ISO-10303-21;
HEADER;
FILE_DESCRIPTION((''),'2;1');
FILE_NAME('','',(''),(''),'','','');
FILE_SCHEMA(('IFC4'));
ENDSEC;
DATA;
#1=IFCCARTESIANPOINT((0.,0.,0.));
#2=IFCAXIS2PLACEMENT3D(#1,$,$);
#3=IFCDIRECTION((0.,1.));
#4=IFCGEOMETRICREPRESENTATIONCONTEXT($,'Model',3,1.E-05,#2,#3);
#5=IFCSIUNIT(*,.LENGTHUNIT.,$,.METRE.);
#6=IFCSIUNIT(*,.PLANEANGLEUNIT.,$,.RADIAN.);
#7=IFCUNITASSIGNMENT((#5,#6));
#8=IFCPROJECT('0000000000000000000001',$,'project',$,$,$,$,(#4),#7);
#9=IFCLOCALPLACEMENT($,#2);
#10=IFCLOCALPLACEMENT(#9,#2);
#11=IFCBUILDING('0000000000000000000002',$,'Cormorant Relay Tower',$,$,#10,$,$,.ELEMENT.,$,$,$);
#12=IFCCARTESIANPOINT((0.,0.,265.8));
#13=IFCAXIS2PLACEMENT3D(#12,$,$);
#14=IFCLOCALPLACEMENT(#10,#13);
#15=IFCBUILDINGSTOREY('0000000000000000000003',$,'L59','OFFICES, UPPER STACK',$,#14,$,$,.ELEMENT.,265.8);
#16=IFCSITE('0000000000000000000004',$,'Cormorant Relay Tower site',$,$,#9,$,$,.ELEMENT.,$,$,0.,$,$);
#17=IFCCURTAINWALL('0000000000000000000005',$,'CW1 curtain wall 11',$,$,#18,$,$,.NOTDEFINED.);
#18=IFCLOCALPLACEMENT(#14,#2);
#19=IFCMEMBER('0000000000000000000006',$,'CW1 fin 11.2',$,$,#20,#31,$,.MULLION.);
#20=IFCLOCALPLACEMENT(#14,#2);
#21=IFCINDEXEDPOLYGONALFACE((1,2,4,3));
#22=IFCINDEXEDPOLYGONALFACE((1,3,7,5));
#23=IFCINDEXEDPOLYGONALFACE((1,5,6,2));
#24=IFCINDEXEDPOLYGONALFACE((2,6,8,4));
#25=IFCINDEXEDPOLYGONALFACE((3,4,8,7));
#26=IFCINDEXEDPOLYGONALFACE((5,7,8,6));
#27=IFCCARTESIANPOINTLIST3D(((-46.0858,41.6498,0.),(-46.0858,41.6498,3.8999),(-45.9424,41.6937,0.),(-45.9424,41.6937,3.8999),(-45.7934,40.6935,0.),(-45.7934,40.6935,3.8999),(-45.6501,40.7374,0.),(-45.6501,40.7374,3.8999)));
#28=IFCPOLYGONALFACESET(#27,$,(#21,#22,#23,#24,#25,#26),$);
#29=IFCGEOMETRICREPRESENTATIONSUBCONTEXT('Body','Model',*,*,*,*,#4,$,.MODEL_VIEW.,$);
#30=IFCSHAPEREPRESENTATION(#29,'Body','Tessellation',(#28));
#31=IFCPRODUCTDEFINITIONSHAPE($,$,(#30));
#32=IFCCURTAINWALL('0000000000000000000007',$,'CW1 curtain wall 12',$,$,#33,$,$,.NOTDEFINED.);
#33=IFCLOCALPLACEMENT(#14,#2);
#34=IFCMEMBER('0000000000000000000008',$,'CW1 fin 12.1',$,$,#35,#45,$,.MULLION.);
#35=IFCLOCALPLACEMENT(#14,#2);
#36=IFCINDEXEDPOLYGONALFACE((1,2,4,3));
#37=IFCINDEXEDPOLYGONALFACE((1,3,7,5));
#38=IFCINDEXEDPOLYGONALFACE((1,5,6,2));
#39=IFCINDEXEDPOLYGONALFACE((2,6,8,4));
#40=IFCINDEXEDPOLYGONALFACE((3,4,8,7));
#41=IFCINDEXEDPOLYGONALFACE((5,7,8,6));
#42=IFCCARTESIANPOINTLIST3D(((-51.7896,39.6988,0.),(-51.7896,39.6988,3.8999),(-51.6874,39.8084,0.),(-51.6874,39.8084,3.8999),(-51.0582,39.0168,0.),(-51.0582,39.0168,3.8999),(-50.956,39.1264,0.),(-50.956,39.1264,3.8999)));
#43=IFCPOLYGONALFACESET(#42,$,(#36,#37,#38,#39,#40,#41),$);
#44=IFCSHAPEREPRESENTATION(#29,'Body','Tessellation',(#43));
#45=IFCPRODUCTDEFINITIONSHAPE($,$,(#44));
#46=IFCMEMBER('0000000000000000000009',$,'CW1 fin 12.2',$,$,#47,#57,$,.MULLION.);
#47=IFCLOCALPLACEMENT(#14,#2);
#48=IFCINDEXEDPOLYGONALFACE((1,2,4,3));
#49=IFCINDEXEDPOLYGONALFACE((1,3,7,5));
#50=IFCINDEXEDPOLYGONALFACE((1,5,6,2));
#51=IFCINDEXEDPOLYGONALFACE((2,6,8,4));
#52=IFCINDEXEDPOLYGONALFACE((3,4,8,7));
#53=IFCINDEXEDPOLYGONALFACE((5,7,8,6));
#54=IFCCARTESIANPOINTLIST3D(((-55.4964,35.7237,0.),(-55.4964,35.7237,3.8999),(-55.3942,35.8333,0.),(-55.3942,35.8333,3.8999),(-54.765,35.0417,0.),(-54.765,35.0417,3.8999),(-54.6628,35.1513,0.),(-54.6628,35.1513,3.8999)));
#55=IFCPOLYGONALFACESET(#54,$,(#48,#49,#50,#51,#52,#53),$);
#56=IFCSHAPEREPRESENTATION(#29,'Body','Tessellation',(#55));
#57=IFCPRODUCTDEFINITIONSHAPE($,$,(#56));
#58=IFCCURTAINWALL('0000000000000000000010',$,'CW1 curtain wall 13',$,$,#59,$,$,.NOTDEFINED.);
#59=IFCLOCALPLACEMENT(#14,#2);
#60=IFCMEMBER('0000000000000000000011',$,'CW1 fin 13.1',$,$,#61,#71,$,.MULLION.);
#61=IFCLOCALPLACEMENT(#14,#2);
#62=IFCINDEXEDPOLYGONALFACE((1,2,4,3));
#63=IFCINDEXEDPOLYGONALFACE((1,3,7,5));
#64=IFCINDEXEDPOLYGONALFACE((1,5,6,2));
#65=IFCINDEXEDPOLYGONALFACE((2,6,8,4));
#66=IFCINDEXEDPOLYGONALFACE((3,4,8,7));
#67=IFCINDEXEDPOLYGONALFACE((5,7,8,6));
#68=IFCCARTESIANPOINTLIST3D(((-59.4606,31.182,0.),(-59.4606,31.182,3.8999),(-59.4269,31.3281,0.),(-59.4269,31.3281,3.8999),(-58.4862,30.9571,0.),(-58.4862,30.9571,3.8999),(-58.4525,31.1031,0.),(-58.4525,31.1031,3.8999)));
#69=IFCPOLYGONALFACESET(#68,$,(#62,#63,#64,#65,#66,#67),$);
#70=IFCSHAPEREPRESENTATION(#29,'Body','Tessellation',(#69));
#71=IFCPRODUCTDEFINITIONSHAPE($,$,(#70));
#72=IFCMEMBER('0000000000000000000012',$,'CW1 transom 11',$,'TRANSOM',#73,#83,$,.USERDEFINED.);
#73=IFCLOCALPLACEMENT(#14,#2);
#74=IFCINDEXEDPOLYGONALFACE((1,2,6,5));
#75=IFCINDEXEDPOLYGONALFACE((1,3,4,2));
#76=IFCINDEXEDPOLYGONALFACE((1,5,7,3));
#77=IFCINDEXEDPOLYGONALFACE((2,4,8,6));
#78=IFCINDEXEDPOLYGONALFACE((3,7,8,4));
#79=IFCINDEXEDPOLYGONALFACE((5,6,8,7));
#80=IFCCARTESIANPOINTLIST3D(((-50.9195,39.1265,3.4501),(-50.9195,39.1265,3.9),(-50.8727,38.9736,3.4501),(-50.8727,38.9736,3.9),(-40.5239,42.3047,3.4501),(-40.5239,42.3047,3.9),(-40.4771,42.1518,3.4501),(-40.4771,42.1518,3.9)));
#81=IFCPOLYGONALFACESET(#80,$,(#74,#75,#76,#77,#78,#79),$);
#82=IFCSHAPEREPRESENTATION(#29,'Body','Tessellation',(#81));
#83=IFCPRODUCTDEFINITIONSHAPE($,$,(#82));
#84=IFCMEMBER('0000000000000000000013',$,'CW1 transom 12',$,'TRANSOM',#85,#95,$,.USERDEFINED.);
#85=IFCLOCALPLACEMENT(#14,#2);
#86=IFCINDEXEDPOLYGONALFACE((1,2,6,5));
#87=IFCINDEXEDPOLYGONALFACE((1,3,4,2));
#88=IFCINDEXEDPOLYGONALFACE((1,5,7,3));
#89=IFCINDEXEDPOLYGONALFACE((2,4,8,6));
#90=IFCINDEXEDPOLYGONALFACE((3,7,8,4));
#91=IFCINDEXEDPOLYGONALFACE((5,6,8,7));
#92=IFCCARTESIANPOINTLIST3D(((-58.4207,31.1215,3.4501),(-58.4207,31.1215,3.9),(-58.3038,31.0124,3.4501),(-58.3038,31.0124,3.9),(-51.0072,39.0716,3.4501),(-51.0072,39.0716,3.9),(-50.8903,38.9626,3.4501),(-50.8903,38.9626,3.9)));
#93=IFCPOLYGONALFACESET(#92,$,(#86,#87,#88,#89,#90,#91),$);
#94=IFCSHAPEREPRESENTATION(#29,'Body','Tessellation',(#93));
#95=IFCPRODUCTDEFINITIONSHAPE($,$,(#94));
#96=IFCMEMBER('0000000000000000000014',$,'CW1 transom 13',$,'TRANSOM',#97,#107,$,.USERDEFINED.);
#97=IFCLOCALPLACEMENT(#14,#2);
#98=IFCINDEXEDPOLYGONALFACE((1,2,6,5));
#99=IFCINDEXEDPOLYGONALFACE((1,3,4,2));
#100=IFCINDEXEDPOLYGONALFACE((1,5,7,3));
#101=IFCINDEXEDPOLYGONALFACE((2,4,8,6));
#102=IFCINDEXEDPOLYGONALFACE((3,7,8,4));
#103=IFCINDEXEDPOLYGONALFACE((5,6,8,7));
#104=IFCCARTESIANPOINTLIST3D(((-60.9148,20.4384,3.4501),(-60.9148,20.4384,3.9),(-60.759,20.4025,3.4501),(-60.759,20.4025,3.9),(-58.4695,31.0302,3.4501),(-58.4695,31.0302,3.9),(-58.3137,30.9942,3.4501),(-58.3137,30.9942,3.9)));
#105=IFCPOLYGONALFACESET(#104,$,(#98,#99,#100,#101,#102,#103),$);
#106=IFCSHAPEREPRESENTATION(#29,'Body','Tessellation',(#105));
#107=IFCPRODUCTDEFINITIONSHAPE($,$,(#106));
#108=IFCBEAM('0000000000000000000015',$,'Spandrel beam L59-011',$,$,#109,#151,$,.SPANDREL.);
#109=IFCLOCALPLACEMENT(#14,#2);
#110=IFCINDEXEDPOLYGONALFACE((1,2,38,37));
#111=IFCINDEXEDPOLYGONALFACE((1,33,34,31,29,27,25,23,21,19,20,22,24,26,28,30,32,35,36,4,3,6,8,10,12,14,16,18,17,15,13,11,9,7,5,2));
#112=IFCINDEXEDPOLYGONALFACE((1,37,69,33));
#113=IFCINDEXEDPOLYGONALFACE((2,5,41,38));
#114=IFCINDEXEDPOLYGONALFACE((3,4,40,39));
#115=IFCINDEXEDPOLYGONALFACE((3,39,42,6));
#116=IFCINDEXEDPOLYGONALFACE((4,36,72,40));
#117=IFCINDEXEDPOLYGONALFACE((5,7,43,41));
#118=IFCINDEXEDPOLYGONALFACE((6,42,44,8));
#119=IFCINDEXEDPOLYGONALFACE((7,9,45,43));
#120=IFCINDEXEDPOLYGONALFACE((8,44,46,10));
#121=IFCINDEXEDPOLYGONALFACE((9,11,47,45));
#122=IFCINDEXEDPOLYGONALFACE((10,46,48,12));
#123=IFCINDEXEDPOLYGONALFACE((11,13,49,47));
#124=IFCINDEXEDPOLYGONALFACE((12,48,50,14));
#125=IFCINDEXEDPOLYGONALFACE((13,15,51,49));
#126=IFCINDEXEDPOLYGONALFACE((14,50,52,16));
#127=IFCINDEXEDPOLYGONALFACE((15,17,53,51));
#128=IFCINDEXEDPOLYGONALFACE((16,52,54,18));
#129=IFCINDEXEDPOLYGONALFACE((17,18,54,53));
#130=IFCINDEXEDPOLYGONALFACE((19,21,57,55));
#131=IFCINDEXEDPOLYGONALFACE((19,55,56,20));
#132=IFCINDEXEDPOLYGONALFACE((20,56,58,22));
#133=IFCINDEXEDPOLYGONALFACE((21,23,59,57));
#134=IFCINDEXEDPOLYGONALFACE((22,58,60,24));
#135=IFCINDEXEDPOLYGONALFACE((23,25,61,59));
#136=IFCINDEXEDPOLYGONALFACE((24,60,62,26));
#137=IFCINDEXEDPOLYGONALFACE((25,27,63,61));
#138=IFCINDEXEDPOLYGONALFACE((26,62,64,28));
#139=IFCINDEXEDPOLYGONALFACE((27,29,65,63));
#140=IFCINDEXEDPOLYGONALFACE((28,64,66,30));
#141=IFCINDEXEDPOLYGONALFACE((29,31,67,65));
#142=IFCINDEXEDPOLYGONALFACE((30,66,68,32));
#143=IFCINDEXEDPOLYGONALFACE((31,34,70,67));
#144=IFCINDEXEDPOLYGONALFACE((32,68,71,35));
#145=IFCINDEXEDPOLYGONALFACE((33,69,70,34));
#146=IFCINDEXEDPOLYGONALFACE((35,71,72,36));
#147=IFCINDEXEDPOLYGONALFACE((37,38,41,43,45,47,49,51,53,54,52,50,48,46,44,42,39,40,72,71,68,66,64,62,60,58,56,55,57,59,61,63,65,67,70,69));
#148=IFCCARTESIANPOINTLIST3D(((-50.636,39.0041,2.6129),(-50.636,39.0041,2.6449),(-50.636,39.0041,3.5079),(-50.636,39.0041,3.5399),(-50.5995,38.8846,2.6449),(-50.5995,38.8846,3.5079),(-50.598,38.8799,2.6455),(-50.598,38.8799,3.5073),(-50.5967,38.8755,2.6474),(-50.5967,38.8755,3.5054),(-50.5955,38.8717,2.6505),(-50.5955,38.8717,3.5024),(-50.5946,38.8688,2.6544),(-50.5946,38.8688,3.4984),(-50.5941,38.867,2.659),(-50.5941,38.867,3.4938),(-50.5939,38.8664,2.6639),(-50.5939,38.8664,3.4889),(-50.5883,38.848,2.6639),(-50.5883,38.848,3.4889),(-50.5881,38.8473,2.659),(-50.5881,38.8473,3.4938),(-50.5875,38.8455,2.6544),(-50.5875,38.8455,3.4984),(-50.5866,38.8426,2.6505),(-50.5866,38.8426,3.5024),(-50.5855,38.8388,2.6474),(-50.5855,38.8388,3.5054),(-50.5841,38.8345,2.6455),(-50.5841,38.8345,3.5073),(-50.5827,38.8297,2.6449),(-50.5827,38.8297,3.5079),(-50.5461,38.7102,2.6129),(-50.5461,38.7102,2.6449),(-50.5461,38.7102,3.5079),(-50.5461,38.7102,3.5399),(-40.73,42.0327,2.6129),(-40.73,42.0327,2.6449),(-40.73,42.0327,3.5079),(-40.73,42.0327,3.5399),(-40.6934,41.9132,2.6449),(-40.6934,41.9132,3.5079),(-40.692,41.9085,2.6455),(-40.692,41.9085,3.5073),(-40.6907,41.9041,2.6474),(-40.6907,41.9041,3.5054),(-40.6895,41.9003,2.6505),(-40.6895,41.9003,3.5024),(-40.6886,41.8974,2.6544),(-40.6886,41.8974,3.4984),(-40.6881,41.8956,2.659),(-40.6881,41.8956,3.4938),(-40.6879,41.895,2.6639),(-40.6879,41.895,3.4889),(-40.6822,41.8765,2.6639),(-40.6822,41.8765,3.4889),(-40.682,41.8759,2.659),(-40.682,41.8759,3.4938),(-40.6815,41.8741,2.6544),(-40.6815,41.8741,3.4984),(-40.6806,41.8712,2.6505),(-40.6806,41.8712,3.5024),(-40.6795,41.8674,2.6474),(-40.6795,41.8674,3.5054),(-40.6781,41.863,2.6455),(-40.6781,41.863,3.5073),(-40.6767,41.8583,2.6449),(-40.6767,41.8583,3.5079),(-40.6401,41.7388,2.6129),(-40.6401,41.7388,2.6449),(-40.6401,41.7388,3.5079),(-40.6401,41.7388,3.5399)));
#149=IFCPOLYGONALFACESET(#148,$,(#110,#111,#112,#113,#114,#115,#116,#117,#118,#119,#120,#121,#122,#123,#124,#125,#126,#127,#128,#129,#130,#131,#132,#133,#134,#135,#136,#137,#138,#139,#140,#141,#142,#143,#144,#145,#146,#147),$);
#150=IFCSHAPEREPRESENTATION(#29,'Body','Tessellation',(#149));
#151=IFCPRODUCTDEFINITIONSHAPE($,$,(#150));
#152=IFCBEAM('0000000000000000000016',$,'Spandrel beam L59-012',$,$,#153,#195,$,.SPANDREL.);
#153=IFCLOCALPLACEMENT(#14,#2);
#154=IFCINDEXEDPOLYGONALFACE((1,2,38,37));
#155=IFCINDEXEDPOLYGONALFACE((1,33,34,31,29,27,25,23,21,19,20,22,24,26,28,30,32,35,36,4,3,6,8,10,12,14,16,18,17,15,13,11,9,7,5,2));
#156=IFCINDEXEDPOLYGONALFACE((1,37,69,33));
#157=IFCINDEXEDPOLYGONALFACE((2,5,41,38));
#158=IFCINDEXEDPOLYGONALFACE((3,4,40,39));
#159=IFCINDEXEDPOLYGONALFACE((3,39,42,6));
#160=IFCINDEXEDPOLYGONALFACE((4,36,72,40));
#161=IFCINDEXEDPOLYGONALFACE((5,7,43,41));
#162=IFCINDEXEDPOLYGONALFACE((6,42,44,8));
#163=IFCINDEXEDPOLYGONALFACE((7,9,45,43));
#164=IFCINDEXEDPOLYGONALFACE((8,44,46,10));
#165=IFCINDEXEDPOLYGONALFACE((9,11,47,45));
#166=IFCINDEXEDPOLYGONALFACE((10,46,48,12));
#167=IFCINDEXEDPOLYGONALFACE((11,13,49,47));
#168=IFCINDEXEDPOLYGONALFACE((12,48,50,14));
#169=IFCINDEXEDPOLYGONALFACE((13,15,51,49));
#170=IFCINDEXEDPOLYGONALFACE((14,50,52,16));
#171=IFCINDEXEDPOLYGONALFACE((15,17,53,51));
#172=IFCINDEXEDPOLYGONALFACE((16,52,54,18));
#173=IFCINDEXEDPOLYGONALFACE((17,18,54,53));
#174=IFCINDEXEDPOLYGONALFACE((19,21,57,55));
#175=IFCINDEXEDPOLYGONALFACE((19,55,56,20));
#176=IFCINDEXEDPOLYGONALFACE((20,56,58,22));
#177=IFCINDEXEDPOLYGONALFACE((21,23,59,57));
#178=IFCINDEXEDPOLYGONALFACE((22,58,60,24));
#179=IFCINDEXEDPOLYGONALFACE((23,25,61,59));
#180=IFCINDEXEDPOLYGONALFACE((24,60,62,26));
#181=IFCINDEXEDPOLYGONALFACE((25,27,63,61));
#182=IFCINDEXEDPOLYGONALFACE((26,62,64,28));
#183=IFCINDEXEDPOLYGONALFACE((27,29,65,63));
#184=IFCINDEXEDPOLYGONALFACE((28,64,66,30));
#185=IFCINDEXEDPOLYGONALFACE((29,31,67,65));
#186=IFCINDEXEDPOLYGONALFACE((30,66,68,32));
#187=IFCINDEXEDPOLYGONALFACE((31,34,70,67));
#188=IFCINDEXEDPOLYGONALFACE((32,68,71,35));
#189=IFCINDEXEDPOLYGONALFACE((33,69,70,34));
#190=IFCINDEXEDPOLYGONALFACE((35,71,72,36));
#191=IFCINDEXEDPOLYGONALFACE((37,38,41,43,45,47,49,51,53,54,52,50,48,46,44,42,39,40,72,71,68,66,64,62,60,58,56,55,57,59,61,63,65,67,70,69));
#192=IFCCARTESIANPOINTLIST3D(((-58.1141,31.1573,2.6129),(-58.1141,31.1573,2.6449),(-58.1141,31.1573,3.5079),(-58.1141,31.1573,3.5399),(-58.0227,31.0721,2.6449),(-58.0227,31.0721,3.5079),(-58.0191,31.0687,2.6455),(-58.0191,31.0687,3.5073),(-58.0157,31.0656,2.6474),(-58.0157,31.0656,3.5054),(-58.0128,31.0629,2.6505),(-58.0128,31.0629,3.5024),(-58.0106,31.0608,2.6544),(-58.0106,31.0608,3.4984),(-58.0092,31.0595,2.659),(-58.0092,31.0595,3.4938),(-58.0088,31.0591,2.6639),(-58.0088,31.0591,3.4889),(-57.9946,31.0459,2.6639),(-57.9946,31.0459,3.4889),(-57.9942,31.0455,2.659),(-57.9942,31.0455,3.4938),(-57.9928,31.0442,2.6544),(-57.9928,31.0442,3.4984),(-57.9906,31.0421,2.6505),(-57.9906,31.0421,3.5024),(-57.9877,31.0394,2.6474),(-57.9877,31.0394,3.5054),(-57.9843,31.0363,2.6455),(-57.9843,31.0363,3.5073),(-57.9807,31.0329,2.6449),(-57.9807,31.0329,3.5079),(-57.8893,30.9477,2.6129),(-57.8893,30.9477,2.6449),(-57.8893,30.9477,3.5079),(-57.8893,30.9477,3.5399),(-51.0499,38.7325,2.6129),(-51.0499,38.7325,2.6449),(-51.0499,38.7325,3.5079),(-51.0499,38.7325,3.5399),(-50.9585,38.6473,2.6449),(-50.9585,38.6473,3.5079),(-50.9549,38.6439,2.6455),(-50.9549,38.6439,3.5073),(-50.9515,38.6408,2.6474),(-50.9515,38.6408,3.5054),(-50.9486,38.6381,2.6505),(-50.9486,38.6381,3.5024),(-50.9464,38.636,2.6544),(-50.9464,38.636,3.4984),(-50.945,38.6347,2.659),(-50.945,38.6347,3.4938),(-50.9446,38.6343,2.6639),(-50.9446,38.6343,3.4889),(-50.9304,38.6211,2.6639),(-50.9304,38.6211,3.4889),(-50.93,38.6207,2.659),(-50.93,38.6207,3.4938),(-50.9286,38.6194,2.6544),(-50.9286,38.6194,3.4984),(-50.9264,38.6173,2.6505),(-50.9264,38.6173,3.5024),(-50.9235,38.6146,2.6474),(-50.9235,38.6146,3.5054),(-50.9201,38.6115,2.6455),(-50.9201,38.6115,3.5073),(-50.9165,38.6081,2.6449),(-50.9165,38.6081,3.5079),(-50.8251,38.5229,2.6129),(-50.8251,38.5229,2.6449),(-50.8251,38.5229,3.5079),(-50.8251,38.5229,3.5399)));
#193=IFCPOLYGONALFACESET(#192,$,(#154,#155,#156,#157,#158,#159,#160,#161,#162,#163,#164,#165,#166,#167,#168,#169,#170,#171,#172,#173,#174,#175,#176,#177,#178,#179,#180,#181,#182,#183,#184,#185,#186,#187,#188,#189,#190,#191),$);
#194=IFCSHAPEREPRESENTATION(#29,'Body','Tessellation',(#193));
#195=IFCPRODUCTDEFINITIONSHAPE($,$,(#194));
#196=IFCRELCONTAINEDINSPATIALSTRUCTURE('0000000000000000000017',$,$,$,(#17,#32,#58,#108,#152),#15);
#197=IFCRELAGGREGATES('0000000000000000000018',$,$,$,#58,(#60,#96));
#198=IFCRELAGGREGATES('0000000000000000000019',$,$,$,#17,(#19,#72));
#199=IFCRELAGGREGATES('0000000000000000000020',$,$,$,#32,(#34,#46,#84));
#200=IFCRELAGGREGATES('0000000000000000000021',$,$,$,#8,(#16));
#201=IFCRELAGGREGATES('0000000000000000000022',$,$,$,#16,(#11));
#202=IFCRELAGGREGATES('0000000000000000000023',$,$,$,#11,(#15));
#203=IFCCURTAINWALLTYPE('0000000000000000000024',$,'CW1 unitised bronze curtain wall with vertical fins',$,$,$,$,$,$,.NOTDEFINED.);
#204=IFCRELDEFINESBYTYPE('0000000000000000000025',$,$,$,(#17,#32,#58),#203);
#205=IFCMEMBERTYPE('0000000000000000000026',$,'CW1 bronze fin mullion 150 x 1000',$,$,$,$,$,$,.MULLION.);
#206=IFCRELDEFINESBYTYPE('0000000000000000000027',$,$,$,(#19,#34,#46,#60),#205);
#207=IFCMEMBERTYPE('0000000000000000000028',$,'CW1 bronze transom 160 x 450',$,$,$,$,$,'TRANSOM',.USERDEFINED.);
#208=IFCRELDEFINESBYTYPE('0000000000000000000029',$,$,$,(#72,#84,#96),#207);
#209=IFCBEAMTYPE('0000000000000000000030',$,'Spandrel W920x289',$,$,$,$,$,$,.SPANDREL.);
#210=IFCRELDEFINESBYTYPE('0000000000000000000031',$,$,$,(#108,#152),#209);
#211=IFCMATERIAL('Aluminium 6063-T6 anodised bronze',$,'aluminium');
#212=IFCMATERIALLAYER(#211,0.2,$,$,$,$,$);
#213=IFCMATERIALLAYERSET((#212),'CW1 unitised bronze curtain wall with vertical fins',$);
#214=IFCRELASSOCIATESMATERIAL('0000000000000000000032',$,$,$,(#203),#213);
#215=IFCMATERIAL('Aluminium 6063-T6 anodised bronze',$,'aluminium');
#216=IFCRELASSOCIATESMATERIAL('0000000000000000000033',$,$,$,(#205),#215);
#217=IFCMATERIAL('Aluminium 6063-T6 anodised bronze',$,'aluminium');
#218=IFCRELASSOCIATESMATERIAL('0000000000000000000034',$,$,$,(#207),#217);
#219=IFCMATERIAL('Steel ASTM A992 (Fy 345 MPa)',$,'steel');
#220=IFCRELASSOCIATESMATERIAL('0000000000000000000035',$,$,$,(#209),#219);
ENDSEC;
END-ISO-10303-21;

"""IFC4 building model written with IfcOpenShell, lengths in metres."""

from ifc_helpers import new_model, si_unit, direction, frame, origin, origin_2d, place, context, subcontext, project, spatial, rectangle, i_section, extrude, material, layer, layer_set, material_profile, profile_set, type_object, element, aggregate, save


model = new_model("IFC4")

# Units and contexts
model_context = context("Model", 3, precision=1e-05, world=origin(), true_north=direction((0.0, 1.0)))
body_context = subcontext(model_context, "Body", "Model", "MODEL_VIEW")
ifc_project = project(units=[si_unit("LENGTHUNIT", "METRE"), si_unit("PLANEANGLEUNIT", "RADIAN")], contexts=[model_context])

# Site, building, storey
site_placement = place(None, origin())
site = spatial("IfcSite", under=ifc_project, at=site_placement, Name="Cormorant Relay Tower site", CompositionType="ELEMENT", RefElevation=0.0)
building_placement = place(site_placement, origin())
building = spatial("IfcBuilding", under=site, at=building_placement, Name="Cormorant Relay Tower", CompositionType="ELEMENT")
storey_placement = place(building_placement, frame((0.0, 0.0, 265.8)))
storey = spatial("IfcBuildingStorey", under=building, at=storey_placement, Name="L59", Description="OFFICES, UPPER STACK", CompositionType="ELEMENT", Elevation=265.8)

# Curtain walls, members
ifc_material_1 = material(Name="Aluminium 6063-T6 anodised bronze", Category="aluminium")
ifc_layer_1 = layer(ifc_material_1, 0.2)
ifc_layer_set_1 = layer_set([ifc_layer_1], Name="CW1 unitised bronze curtain wall with vertical fins")
curtain_wall_type = type_object("IfcCurtainWallType", Name="CW1 unitised bronze curtain wall with vertical fins", PredefinedType="NOTDEFINED", material=ifc_layer_set_1)
curtain_wall_1_placement = place(storey_placement, origin())
curtain_wall_1 = element("IfcCurtainWall", 1, at=curtain_wall_1_placement, inside=storey, type_object=curtain_wall_type, Name="CW1 curtain wall 11", PredefinedType="NOTDEFINED")
ifc_material_2 = material(Name="Aluminium 6063-T6 anodised bronze", Category="aluminium")
ifc_material_profile_1 = material_profile(ifc_material_2, rectangle(XDim=0.1499, YDim=1.0, at=origin_2d()), Name="AL 150x1000")
ifc_profile_set_1 = profile_set([ifc_material_profile_1], Name="Aluminium 6063-T6 anodised bronze")
member_type_1 = type_object("IfcMemberType", Name="CW1 bronze fin mullion 150 x 1000", PredefinedType="MULLION", material=ifc_profile_set_1)
member_1_placement = place(storey_placement, frame((-45.8679, 41.1936, 0.0), z_axis=(0.0, 0.0, 1.0), x_axis=(-0.956305, -0.292372, 0.0)))
member_1 = element("IfcMember", 2, at=member_1_placement, type_object=member_type_1, Name="CW1 fin 11.2", PredefinedType="MULLION", context=body_context, shape_type="SweptSolid", body=[
    extrude(rectangle(XDim=0.1499, YDim=1.0, at=origin_2d()), origin(), (0.0, 0.0, 1.0), 3.8999),
])
curtain_wall_2_placement = place(storey_placement, origin())
curtain_wall_2 = element("IfcCurtainWall", 3, at=curtain_wall_2_placement, inside=storey, type_object=curtain_wall_type, Name="CW1 curtain wall 12", PredefinedType="NOTDEFINED")
member_2_placement = place(storey_placement, frame((-51.3728, 39.4126, 0.0), z_axis=(0.0, 0.0, 1.0), x_axis=(-0.681998, -0.731354, 0.0)))
member_2 = element("IfcMember", 4, at=member_2_placement, type_object=member_type_1, Name="CW1 fin 12.1", PredefinedType="MULLION", context=body_context, shape_type="SweptSolid", body=[
    extrude(rectangle(XDim=0.1499, YDim=1.0, at=origin_2d()), origin(), (0.0, 0.0, 1.0), 3.8999),
])
member_3_placement = place(storey_placement, frame((-55.0796, 35.4375, 0.0), z_axis=(0.0, 0.0, 1.0), x_axis=(-0.681998, -0.731354, 0.0)))
member_3 = element("IfcMember", 5, at=member_3_placement, type_object=member_type_1, Name="CW1 fin 12.2", PredefinedType="MULLION", context=body_context, shape_type="SweptSolid", body=[
    extrude(rectangle(XDim=0.1499, YDim=1.0, at=origin_2d()), origin(), (0.0, 0.0, 1.0), 3.8999),
])

# Curtain wall, member
curtain_wall_3_placement = place(storey_placement, origin())
curtain_wall_3 = element("IfcCurtainWall", 6, at=curtain_wall_3_placement, inside=storey, type_object=curtain_wall_type, Name="CW1 curtain wall 13", PredefinedType="NOTDEFINED")
member_4_placement = place(storey_placement, frame((-58.9565, 31.1426, 0.0), z_axis=(0.0, 0.0, 1.0), x_axis=(-0.224951, -0.97437, 0.0)))
member_4 = element("IfcMember", 7, at=member_4_placement, type_object=member_type_1, Name="CW1 fin 13.1", PredefinedType="MULLION", context=body_context, shape_type="SweptSolid", body=[
    extrude(rectangle(XDim=0.1499, YDim=1.0, at=origin_2d()), origin(), (0.0, 0.0, 1.0), 3.8999),
])

# Members
ifc_material_3 = material(Name="Aluminium 6063-T6 anodised bronze", Category="aluminium")
ifc_material_profile_2 = material_profile(ifc_material_3, rectangle(XDim=0.1599, YDim=0.45, at=origin_2d()), Name="AL 160x450")
ifc_profile_set_2 = profile_set([ifc_material_profile_2], Name="Aluminium 6063-T6 anodised bronze")
member_type_2 = type_object("IfcMemberType", Name="CW1 bronze transom 160 x 450", ElementType="TRANSOM", PredefinedType="USERDEFINED", material=ifc_profile_set_2)
member_5_placement = place(storey_placement, frame((-40.5005, 42.2283, 3.675), z_axis=(-0.956305, -0.292371, 0.0), x_axis=(0.292371, -0.956305, 0.0)))
member_5 = element("IfcMember", 8, at=member_5_placement, type_object=member_type_2, Name="CW1 transom 11", ObjectType="TRANSOM", PredefinedType="USERDEFINED", context=body_context, shape_type="SweptSolid", body=[
    extrude(rectangle(XDim=0.1599, YDim=0.45, at=origin_2d()), origin(), (0.0, 0.0, 1.0), 10.8706),
])
member_6_placement = place(storey_placement, frame((-50.9487, 39.0171, 3.675), z_axis=(-0.681993, -0.731358, 0.0), x_axis=(0.731358, -0.681993, 0.0)))
member_6 = element("IfcMember", 9, at=member_6_placement, type_object=member_type_2, Name="CW1 transom 12", ObjectType="TRANSOM", PredefinedType="USERDEFINED", context=body_context, shape_type="SweptSolid", body=[
    extrude(rectangle(XDim=0.1599, YDim=0.45, at=origin_2d()), origin(), (0.0, 0.0, 1.0), 10.8704),
])
member_7_placement = place(storey_placement, frame((-58.3916, 31.0122, 3.675), z_axis=(-0.224951, -0.97437, 0.0), x_axis=(0.97437, -0.224951, 0.0)))
member_7 = element("IfcMember", 10, at=member_7_placement, type_object=member_type_2, Name="CW1 transom 13", ObjectType="TRANSOM", PredefinedType="USERDEFINED", context=body_context, shape_type="SweptSolid", body=[
    extrude(rectangle(XDim=0.1599, YDim=0.45, at=origin_2d()), origin(), (0.0, 0.0, 1.0), 10.8704),
])
aggregate(curtain_wall_3, [member_4, member_7])

# Beams
ifc_material_4 = material(Name="Steel ASTM A992 (Fy 345 MPa)", Category="steel")
ifc_material_profile_3 = material_profile(ifc_material_4, i_section(OverallWidth=0.3074, OverallDepth=0.927, WebThickness=0.0193, FlangeThickness=0.032, FilletRadius=0.019, at=origin_2d()), Name="W920x289")
ifc_profile_set_3 = profile_set([ifc_material_profile_3], Name="Steel ASTM A992 (Fy 345 MPa)")
beam_type = type_object("IfcBeamType", Name="Spandrel W920x289", PredefinedType="SPANDREL", material=ifc_profile_set_3)
beam_1_placement = place(storey_placement, frame((-40.6851, 41.8857, 3.0764), z_axis=(-0.956305, -0.292371, 0.0), x_axis=(0.292371, -0.956305, 0.0)))
element("IfcBeam", 11, at=beam_1_placement, inside=storey, type_object=beam_type, Name="Spandrel beam L59-011", PredefinedType="SPANDREL", context=body_context, shape_type="SweptSolid", body=[
    extrude(i_section(OverallWidth=0.3074, OverallDepth=0.927, WebThickness=0.0193, FlangeThickness=0.032, FilletRadius=0.019, at=origin_2d()), origin(), (0.0, 0.0, 1.0), 10.3586),
])
beam_2_placement = place(storey_placement, frame((-50.9375, 38.6277, 3.0764), z_axis=(-0.68201, -0.731343, 0.0), x_axis=(0.731343, -0.68201, 0.0)))
element("IfcBeam", 12, at=beam_2_placement, inside=storey, type_object=beam_type, Name="Spandrel beam L59-012", PredefinedType="SPANDREL", context=body_context, shape_type="SweptSolid", body=[
    extrude(i_section(OverallWidth=0.3074, OverallDepth=0.927, WebThickness=0.0193, FlangeThickness=0.032, FilletRadius=0.019, at=origin_2d()), origin(), (0.0, 0.0, 1.0), 10.3579),
])

aggregate(curtain_wall_1, [member_1, member_5])
aggregate(curtain_wall_2, [member_2, member_3, member_6])

save(model, "model.ifc")
